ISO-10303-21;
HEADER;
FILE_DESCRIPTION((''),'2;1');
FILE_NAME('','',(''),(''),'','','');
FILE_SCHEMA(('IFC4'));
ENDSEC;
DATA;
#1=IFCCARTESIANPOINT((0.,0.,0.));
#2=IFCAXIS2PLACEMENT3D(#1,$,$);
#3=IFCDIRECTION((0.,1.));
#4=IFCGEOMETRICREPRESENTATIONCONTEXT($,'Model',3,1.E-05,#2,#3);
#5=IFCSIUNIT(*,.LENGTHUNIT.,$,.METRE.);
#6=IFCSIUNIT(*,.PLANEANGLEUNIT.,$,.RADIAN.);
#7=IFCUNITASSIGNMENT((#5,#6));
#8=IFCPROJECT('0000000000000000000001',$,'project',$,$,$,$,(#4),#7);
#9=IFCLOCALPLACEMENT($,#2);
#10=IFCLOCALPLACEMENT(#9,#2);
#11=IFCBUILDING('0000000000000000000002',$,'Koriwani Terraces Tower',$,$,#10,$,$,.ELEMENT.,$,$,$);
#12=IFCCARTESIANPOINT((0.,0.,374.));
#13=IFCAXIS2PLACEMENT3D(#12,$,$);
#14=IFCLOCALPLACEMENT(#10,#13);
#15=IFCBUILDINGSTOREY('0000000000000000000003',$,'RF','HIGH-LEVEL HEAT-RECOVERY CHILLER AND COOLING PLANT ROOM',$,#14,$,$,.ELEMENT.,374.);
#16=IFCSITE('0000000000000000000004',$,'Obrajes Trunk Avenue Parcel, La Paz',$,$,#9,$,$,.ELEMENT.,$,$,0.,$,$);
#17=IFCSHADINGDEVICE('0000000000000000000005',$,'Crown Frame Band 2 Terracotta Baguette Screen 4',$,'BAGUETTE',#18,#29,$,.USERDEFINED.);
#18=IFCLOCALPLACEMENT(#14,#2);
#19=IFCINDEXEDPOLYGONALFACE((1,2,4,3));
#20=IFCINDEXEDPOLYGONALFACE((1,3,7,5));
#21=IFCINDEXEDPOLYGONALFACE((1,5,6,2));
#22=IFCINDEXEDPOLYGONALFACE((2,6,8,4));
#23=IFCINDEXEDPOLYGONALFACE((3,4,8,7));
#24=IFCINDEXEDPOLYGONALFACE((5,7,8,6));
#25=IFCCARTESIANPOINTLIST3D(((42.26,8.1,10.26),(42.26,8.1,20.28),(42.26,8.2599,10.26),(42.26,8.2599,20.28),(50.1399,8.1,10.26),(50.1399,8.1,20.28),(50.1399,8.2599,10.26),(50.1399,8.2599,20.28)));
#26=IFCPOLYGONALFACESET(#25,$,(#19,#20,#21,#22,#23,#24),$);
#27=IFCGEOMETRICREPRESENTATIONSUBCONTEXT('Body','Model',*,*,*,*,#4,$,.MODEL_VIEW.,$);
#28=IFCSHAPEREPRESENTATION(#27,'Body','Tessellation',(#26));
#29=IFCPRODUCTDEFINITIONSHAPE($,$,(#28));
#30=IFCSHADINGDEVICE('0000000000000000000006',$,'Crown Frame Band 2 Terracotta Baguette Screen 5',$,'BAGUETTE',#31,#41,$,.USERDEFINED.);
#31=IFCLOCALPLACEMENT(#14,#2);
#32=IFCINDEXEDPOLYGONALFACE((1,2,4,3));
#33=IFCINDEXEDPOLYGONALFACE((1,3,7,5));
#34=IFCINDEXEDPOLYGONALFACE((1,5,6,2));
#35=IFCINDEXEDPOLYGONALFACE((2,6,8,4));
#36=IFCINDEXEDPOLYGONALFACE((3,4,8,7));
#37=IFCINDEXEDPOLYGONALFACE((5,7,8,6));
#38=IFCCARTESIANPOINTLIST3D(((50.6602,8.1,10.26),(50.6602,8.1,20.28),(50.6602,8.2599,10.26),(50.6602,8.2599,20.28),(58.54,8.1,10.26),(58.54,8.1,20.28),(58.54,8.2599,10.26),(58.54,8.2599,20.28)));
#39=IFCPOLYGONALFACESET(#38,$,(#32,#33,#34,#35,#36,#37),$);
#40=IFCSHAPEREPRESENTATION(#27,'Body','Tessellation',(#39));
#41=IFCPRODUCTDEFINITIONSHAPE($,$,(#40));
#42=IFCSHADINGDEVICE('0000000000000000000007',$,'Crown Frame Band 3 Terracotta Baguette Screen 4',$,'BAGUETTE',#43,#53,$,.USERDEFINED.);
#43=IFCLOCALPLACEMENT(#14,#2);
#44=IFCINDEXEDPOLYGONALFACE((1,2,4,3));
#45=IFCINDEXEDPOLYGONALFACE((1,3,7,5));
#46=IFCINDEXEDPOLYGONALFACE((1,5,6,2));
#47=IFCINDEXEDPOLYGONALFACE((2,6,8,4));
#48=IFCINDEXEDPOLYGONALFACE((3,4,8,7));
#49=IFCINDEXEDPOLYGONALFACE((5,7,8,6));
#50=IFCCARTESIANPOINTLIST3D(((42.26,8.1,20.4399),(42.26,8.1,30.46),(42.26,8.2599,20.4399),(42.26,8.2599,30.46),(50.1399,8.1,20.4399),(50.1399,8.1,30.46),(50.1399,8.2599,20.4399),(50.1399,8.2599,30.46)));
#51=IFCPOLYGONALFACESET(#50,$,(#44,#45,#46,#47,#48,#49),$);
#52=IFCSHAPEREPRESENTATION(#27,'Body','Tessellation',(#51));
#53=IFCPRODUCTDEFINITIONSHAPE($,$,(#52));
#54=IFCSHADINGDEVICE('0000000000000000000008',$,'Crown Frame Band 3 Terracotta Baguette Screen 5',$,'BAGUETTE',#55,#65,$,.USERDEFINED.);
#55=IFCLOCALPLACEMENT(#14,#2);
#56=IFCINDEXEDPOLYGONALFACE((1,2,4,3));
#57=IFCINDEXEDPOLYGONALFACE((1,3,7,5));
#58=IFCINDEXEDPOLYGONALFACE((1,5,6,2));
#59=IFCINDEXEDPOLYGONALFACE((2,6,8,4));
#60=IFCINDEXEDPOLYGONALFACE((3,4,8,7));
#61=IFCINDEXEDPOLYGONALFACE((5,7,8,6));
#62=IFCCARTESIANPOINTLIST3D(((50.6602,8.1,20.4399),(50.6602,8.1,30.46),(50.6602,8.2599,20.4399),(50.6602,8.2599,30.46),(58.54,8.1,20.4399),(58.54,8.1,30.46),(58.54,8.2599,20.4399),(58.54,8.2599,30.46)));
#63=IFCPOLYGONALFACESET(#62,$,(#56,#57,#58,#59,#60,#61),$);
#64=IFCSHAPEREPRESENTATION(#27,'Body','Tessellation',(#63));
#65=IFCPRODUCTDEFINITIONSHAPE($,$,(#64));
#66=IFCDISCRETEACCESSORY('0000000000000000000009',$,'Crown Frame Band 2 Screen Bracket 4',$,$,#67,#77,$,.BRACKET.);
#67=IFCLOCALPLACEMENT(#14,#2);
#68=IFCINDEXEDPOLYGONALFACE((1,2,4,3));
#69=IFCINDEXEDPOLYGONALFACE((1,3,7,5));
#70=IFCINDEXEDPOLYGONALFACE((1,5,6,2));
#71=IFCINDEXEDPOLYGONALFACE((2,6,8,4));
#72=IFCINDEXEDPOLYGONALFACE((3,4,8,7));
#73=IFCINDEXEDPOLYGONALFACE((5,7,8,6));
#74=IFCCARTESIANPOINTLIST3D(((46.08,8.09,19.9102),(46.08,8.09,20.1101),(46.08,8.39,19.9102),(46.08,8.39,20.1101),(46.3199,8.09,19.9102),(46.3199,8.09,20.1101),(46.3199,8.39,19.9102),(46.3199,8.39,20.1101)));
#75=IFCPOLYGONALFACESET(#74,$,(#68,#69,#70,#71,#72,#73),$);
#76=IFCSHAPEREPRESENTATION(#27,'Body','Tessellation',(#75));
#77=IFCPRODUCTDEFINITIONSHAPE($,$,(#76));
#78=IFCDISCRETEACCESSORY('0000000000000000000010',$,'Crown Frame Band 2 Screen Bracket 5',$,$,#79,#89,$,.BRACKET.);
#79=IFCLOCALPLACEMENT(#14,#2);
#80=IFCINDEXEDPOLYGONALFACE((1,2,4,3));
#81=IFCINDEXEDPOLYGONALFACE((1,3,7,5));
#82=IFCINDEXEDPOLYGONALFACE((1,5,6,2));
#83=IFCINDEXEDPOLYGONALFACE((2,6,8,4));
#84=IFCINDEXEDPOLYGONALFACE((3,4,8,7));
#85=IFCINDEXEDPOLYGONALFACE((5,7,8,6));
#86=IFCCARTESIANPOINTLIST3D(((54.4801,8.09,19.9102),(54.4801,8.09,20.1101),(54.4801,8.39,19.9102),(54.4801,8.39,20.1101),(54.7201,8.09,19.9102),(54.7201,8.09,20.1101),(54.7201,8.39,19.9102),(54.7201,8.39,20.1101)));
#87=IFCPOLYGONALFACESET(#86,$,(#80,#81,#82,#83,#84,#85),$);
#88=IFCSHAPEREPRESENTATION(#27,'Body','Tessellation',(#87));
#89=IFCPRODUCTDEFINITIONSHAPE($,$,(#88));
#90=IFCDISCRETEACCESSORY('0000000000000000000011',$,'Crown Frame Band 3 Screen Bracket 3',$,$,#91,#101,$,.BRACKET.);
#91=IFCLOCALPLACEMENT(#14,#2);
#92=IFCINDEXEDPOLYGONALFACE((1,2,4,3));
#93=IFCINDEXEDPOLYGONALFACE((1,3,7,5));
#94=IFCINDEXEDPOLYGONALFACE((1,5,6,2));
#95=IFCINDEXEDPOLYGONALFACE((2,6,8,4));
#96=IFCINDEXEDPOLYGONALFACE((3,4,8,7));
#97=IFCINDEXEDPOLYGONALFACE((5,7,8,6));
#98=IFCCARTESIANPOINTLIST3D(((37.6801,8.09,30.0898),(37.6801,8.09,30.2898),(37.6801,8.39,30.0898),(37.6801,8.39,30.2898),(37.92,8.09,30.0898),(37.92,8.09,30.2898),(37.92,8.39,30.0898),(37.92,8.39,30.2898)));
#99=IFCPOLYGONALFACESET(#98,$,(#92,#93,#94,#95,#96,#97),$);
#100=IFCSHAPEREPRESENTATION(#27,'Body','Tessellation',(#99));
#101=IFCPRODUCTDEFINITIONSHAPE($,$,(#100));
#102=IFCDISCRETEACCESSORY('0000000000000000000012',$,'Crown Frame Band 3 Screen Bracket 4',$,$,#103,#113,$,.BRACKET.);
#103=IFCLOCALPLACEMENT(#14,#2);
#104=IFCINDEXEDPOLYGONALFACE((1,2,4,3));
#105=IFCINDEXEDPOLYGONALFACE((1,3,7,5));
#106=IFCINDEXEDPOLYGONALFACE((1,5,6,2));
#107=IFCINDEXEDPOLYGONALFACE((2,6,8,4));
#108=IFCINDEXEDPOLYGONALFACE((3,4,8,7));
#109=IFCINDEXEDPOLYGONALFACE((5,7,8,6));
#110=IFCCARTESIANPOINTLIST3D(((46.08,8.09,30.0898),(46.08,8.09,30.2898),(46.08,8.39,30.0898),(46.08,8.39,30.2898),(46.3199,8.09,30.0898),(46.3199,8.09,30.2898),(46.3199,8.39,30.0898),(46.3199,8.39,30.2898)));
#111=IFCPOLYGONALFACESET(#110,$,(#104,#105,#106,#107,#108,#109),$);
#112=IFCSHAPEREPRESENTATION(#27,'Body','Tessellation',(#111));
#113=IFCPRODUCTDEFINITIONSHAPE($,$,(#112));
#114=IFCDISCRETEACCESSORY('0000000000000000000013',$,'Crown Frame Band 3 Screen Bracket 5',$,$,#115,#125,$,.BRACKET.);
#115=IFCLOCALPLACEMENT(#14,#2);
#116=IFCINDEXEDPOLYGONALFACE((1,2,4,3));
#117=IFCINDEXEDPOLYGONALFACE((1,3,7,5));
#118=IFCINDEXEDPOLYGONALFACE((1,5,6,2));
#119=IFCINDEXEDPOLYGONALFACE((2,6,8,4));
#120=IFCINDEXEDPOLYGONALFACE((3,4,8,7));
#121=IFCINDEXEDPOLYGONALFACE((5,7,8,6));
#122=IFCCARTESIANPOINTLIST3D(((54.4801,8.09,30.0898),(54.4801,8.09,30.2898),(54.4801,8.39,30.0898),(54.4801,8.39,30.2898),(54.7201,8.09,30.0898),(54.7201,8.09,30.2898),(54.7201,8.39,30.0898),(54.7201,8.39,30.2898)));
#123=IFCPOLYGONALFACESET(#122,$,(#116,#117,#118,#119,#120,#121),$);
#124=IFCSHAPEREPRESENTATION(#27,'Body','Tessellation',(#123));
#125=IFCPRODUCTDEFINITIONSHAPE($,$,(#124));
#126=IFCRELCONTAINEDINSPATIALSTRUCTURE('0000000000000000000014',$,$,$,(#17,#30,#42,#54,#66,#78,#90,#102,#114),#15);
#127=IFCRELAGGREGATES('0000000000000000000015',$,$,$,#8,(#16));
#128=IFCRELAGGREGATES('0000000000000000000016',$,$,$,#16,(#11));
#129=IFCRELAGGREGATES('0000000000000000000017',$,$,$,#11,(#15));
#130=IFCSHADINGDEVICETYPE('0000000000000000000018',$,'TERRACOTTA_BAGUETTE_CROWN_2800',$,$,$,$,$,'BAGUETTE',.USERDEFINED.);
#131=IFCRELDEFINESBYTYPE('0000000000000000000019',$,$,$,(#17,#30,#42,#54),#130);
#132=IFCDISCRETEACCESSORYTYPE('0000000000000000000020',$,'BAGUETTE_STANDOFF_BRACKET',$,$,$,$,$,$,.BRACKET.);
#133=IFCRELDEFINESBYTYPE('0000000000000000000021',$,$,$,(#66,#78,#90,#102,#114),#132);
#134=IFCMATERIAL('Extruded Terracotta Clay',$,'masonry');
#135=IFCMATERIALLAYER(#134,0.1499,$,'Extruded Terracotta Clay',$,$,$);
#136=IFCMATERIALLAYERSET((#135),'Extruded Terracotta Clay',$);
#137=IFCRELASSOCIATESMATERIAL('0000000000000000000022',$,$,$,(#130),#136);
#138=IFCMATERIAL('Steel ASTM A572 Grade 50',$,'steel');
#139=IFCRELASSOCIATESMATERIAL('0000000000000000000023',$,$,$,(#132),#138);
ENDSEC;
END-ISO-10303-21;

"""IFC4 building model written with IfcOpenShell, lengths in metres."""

from ifc_helpers import new_model, si_unit, direction, frame, origin, origin_2d, place, context, subcontext, project, spatial, rectangle, extrude, material, layer, layer_set, type_object, element, save


model = new_model("IFC4")

# Units and contexts
model_context = context("Model", 3, precision=1e-05, world=origin(), true_north=direction((0.0, 1.0)))
body_context = subcontext(model_context, "Body", "Model", "MODEL_VIEW")
ifc_project = project(units=[si_unit("LENGTHUNIT", "METRE"), si_unit("PLANEANGLEUNIT", "RADIAN")], contexts=[model_context])

# Site, building, storey
site_placement = place(None, origin())
site = spatial("IfcSite", under=ifc_project, at=site_placement, Name="Obrajes Trunk Avenue Parcel, La Paz", CompositionType="ELEMENT", RefElevation=0.0)
building_placement = place(site_placement, origin())
building = spatial("IfcBuilding", under=site, at=building_placement, Name="Koriwani Terraces Tower", CompositionType="ELEMENT")
storey_placement = place(building_placement, frame((0.0, 0.0, 374.0)))
storey = spatial("IfcBuildingStorey", under=building, at=storey_placement, Name="RF", Description="HIGH-LEVEL HEAT-RECOVERY CHILLER AND COOLING PLANT ROOM", CompositionType="ELEMENT", Elevation=374.0)

# Shared definitions
ifc_material_1 = material(Name="Steel ASTM A572 Grade 50", Category="steel")

# Shading devices
ifc_material_2 = material(Name="Extruded Terracotta Clay", Category="masonry")
ifc_layer_1 = layer(ifc_material_2, 0.1499, Name="Extruded Terracotta Clay")
ifc_layer_set_1 = layer_set([ifc_layer_1], Name="Extruded Terracotta Clay")
shading_device_type = type_object("IfcShadingDeviceType", Name="TERRACOTTA_BAGUETTE_CROWN_2800", ElementType="BAGUETTE", PredefinedType="USERDEFINED", material=ifc_layer_set_1)
for number, where, z_axis, x_axis, name in (
    (1, (46.2, 8.1799, 10.26), (0.0, 0.0, 1.0), (1.0, 0.0, 0.0), "Crown Frame Band 2 Terracotta Baguette Screen 4"),
    (2, (54.6001, 8.1799, 10.26), (0.0, 0.0, 1.0), (1.0, 0.0, 0.0), "Crown Frame Band 2 Terracotta Baguette Screen 5"),
    (3, (46.2, 8.1799, 20.4399), (0.0, 0.0, 1.0), (1.0, 0.0, 0.0), "Crown Frame Band 3 Terracotta Baguette Screen 4"),
    (4, (54.6001, 8.1799, 20.4399), (0.0, 0.0, 1.0), (1.0, 0.0, 0.0), "Crown Frame Band 3 Terracotta Baguette Screen 5"),
):
    element("IfcShadingDevice", number, at=place(storey_placement, frame(where, z_axis=z_axis, x_axis=x_axis)), inside=storey, type_object=shading_device_type, Name=name, ObjectType="BAGUETTE", PredefinedType="USERDEFINED", context=body_context, shape_type="SweptSolid", body=[
        extrude(rectangle(XDim=7.8799, YDim=0.1599, at=origin_2d()), origin(), (0.0, 0.0, 1.0), 10.02),
    ])

# Discrete accessories
discrete_accessory_type = type_object("IfcDiscreteAccessoryType", Name="BAGUETTE_STANDOFF_BRACKET", PredefinedType="BRACKET", material=ifc_material_1)
for number, where, z_axis, x_axis, name in (
    (5, (46.2, 8.24, 19.9102), (0.0, 0.0, 1.0), (1.0, 0.0, 0.0), "Crown Frame Band 2 Screen Bracket 4"),
    (6, (54.6001, 8.24, 19.9102), (0.0, 0.0, 1.0), (1.0, 0.0, 0.0), "Crown Frame Band 2 Screen Bracket 5"),
    (7, (37.8, 8.24, 30.0898), (0.0, 0.0, 1.0), (1.0, 0.0, 0.0), "Crown Frame Band 3 Screen Bracket 3"),
    (8, (46.2, 8.24, 30.0898), (0.0, 0.0, 1.0), (1.0, 0.0, 0.0), "Crown Frame Band 3 Screen Bracket 4"),
    (9, (54.6001, 8.24, 30.0898), (0.0, 0.0, 1.0), (1.0, 0.0, 0.0), "Crown Frame Band 3 Screen Bracket 5"),
):
    element("IfcDiscreteAccessory", number, at=place(storey_placement, frame(where, z_axis=z_axis, x_axis=x_axis)), inside=storey, type_object=discrete_accessory_type, Name=name, PredefinedType="BRACKET", context=body_context, shape_type="SweptSolid", body=[
        extrude(rectangle(XDim=0.24, YDim=0.3, at=origin_2d()), origin(), (0.0, 0.0, 1.0), 0.2),
    ])

save(model, "model.ifc")
